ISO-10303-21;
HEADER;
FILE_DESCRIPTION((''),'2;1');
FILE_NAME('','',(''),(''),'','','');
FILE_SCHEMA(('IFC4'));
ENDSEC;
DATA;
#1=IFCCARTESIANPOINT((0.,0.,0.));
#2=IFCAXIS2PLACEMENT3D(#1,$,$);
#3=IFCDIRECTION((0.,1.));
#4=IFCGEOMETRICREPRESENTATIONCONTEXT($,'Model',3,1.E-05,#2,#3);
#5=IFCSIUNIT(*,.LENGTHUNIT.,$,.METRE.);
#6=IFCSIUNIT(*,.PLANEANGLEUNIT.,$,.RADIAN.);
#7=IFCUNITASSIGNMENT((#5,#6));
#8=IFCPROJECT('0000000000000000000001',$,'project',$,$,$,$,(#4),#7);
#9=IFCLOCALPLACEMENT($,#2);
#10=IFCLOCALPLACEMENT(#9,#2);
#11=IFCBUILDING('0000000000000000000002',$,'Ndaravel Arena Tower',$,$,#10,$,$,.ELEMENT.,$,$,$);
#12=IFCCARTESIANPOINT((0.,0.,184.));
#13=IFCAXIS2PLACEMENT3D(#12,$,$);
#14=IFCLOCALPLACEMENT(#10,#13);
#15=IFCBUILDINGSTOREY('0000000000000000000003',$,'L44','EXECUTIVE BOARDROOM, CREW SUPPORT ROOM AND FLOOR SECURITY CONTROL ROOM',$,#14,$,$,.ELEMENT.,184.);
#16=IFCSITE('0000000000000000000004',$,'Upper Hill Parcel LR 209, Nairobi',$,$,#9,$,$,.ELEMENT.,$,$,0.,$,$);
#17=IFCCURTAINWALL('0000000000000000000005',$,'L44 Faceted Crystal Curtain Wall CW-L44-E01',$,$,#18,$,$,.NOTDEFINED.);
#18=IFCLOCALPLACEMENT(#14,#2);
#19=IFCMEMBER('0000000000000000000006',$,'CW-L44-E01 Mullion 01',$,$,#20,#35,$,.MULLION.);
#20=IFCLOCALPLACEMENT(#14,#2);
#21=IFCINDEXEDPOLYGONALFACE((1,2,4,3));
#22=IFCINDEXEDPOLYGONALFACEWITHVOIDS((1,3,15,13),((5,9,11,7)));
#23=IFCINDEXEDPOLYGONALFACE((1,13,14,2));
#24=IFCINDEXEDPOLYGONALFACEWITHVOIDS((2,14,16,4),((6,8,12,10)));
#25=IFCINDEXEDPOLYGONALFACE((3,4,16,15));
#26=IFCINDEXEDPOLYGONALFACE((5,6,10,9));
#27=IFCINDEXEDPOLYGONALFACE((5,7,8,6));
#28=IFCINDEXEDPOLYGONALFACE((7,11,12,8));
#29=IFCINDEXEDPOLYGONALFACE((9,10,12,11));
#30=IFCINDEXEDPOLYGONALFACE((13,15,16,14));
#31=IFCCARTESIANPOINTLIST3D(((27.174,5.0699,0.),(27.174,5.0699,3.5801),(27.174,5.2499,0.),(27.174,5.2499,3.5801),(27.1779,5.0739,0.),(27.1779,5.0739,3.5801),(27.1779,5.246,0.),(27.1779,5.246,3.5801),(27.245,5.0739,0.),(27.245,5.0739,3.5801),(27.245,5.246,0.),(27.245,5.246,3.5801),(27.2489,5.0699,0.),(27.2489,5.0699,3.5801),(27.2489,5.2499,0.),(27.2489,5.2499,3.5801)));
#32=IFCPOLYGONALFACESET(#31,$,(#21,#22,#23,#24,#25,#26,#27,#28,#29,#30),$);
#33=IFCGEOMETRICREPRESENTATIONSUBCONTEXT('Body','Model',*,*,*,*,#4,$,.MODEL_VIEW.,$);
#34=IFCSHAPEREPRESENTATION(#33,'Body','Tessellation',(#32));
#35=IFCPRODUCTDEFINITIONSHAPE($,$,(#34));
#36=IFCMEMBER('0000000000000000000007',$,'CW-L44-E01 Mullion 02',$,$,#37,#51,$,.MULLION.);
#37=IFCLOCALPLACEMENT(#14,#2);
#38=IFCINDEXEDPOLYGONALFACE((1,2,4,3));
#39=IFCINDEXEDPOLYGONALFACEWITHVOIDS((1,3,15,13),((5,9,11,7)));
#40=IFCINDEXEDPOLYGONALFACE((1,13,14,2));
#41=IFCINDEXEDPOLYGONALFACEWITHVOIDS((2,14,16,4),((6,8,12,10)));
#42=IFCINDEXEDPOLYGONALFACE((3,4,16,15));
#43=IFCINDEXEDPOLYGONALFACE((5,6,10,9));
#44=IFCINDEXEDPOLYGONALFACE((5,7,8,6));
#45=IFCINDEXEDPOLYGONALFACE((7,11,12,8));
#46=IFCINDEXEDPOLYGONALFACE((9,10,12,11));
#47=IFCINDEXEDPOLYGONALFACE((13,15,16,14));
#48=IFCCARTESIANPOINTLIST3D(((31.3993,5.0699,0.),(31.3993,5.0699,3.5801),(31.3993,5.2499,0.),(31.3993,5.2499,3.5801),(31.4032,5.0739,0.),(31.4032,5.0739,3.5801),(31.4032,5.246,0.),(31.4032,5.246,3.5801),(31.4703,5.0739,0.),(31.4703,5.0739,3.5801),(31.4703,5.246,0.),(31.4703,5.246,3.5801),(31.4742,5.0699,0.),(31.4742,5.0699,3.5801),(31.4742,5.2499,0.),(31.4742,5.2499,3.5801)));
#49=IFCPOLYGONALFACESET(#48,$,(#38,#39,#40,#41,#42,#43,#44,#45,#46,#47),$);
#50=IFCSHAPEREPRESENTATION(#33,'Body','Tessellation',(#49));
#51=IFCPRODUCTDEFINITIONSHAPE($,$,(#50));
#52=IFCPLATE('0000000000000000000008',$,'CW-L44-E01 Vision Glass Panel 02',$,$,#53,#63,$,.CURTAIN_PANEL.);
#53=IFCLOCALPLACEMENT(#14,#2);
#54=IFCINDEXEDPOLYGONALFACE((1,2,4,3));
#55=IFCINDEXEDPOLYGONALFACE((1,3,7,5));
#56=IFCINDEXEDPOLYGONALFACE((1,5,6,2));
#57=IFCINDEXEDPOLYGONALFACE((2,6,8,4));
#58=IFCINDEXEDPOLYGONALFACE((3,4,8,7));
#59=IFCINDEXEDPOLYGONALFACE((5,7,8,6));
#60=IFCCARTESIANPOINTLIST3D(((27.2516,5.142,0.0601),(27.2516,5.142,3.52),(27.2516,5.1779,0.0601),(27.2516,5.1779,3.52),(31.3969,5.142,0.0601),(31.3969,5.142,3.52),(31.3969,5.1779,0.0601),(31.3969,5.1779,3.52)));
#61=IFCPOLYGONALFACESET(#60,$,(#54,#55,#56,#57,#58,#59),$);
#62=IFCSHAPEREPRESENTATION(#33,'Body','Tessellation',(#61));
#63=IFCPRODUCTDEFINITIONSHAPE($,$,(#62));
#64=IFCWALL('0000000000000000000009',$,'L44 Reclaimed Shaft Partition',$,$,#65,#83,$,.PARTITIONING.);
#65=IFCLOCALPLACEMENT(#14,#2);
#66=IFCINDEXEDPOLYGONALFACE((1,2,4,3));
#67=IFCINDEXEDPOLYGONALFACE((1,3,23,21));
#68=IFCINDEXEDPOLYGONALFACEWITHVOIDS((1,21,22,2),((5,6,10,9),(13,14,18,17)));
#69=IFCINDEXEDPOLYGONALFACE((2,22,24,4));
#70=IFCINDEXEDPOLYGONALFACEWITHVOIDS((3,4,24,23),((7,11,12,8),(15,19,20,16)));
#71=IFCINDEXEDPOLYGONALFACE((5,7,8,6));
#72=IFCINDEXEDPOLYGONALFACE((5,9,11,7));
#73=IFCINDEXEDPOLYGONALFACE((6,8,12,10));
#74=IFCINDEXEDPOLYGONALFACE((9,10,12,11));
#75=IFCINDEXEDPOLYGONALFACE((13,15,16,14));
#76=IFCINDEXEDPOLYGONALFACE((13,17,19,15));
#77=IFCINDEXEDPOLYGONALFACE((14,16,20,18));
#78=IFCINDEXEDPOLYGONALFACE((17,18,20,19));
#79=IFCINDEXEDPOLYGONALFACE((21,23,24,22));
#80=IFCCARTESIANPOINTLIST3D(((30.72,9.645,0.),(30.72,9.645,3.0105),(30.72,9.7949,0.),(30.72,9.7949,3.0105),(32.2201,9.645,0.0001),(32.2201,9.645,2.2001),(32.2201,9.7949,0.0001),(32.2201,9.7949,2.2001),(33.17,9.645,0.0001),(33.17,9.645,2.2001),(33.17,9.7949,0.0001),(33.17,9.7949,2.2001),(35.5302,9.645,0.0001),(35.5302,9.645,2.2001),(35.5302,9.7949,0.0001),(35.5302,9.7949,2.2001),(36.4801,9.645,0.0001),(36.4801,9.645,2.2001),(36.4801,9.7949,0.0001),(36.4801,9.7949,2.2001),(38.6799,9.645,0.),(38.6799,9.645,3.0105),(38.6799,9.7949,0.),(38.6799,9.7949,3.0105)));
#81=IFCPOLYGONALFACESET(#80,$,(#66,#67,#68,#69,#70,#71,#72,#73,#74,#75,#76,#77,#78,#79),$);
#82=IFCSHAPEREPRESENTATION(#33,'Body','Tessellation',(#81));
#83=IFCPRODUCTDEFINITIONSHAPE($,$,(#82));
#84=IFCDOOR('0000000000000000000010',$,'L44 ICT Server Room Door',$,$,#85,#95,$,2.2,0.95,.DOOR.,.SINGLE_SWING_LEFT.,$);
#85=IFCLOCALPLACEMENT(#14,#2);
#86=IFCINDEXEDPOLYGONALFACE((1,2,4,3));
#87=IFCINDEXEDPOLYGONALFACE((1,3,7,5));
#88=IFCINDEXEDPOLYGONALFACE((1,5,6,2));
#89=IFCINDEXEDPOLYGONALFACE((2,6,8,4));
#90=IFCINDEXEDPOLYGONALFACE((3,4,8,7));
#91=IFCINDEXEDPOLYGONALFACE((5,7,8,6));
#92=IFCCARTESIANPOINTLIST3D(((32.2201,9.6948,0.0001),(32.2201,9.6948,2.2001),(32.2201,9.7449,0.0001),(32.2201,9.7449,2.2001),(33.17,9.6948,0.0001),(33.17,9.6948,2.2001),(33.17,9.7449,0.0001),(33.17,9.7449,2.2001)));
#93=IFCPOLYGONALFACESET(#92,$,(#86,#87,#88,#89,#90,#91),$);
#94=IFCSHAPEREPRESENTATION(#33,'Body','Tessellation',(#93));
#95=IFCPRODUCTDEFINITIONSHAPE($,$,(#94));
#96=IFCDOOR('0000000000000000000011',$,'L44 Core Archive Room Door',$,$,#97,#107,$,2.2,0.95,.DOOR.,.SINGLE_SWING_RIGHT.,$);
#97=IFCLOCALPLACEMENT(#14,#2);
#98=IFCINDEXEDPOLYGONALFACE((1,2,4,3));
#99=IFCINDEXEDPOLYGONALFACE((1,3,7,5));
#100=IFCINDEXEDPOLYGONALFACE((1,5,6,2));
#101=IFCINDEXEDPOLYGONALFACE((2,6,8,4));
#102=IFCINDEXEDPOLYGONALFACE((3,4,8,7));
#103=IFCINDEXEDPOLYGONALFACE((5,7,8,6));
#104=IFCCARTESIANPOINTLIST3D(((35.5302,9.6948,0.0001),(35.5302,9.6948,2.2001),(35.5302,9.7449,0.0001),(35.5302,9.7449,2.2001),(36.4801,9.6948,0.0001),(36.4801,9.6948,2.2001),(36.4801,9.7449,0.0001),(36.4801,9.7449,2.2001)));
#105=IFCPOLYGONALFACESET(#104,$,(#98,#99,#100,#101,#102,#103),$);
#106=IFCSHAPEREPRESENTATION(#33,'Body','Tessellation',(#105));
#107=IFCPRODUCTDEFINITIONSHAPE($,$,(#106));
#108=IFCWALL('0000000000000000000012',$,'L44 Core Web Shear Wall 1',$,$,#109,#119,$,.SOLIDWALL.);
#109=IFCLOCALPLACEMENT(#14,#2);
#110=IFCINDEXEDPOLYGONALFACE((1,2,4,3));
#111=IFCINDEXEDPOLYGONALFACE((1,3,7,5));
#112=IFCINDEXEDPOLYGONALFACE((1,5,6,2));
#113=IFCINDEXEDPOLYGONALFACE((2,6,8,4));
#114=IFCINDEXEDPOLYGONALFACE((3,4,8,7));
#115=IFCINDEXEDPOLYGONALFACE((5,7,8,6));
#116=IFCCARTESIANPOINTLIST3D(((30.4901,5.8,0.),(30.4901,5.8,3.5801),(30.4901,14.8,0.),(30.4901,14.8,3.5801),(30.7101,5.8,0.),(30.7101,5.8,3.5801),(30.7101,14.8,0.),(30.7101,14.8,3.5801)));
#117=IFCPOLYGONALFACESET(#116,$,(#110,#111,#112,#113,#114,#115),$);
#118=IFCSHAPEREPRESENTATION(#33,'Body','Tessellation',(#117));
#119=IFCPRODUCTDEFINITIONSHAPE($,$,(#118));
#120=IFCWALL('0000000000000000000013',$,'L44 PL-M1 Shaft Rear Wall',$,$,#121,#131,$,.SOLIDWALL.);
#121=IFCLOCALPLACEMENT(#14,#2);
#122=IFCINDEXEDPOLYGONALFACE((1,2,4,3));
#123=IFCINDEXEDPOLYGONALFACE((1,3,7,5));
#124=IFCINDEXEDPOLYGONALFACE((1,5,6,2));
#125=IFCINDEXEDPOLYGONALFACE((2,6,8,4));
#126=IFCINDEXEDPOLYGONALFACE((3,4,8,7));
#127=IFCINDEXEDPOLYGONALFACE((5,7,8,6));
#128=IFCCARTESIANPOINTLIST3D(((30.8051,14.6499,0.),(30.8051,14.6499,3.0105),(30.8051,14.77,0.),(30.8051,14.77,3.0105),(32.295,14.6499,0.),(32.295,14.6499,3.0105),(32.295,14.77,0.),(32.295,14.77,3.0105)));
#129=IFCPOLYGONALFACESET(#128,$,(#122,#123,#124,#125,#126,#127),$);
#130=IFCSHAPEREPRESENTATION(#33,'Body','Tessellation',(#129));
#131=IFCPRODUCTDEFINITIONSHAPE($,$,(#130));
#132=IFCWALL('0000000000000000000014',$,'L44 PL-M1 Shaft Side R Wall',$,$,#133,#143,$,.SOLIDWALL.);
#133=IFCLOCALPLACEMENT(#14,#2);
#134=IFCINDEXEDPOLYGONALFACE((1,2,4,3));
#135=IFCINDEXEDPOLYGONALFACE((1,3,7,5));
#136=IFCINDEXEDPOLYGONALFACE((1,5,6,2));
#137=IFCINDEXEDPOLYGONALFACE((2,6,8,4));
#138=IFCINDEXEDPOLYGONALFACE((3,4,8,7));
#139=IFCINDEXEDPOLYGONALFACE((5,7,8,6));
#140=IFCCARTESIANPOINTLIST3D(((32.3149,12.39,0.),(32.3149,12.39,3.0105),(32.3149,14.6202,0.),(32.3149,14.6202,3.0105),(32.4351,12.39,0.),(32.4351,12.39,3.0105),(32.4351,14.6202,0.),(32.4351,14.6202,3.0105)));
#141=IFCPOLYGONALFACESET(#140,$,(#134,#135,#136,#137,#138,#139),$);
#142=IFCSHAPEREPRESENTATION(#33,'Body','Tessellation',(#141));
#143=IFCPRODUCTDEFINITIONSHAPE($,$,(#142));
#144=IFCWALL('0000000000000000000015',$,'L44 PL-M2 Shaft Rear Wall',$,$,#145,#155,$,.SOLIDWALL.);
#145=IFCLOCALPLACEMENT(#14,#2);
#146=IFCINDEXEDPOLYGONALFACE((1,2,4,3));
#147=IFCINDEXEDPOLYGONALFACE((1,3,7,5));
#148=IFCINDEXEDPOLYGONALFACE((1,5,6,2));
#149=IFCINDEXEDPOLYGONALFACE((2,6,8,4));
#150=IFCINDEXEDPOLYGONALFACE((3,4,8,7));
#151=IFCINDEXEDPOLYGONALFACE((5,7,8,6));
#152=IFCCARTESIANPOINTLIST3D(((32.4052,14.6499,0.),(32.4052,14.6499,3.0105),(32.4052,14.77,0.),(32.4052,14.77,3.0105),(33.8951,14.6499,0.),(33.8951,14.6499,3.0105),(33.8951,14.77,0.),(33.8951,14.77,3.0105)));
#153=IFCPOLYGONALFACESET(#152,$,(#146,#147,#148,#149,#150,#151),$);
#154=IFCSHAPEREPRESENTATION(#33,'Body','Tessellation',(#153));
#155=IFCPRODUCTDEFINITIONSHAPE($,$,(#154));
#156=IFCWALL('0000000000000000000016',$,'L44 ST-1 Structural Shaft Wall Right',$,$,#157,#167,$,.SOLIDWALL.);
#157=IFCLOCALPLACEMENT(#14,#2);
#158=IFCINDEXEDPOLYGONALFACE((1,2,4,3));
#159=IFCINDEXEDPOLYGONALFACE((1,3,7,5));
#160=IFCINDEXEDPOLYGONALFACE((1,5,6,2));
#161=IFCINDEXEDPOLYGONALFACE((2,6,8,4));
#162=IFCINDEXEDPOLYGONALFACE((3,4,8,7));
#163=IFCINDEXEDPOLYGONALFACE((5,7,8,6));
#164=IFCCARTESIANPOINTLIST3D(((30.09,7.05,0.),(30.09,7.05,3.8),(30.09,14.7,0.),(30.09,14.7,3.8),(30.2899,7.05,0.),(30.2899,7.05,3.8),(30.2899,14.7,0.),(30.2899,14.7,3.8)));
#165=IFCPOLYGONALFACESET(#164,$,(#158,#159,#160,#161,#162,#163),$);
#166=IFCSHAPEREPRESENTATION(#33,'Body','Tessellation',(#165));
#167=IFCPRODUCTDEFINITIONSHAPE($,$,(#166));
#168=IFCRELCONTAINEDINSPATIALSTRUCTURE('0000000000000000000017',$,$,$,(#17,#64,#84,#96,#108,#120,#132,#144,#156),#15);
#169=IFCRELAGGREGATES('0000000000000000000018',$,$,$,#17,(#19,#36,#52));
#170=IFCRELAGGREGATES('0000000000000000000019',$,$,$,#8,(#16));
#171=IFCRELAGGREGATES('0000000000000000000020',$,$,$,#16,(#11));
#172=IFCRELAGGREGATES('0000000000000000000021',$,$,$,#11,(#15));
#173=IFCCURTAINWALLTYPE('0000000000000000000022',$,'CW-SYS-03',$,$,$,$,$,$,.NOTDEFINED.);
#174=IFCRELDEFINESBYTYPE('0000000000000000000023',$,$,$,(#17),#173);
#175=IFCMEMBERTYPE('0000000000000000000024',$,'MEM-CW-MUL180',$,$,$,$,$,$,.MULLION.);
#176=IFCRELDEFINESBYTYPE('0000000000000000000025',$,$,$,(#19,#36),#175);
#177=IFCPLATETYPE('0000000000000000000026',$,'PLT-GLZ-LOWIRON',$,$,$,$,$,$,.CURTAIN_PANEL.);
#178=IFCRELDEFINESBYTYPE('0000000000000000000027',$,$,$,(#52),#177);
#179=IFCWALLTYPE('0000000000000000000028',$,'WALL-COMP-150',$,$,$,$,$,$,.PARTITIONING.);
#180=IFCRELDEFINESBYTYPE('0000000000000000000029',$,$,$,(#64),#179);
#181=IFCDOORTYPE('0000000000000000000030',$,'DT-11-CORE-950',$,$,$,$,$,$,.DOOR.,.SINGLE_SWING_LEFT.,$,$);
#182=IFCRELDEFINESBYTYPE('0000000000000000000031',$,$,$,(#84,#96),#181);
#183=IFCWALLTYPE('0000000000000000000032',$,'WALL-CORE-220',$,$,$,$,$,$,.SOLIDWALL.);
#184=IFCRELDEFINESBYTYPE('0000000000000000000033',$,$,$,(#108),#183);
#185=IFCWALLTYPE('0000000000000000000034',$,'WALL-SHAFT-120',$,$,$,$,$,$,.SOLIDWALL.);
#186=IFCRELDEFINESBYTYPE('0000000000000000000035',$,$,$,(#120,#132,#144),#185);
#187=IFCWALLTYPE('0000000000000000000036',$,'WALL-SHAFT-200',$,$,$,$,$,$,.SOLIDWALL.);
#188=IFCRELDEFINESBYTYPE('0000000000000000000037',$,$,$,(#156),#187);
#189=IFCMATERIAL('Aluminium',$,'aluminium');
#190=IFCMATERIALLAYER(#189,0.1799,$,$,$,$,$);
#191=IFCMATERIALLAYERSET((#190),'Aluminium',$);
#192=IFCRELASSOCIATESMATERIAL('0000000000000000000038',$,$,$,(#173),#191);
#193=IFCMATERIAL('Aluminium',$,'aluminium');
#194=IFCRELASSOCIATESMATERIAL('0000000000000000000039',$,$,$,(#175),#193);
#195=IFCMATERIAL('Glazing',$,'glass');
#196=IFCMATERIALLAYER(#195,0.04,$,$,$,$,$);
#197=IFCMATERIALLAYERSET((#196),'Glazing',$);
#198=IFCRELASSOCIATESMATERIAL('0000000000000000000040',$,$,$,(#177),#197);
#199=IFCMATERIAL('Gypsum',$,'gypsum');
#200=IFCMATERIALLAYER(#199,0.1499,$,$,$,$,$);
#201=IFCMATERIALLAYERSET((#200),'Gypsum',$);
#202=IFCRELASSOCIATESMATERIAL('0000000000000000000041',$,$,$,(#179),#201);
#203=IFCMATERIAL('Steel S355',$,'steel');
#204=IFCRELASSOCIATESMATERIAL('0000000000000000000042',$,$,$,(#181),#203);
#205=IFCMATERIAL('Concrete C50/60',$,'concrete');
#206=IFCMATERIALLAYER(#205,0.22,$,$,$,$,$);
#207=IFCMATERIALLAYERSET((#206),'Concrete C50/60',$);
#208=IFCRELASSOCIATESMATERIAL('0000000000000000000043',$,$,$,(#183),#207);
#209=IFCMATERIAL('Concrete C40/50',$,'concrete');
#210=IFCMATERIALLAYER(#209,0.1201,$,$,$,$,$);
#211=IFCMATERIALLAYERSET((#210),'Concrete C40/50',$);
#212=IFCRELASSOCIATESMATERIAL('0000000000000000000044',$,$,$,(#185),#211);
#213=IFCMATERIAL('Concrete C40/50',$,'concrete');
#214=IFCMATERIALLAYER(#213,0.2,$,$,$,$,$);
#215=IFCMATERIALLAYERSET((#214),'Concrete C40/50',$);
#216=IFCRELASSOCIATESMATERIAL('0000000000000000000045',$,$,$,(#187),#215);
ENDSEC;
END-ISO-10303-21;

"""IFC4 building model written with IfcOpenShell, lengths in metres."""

from ifc_helpers import new_model, si_unit, direction, frame, frame_2d, origin, origin_2d, place, context, subcontext, project, spatial, rectangle, hollow_rectangle, extrude, material, layer, layer_set, material_profile, profile_set, type_object, element, fill, aggregate, save


model = new_model("IFC4")

# Units and contexts
model_context = context("Model", 3, precision=1e-05, world=origin(), true_north=direction((0.0, 1.0)))
body_context = subcontext(model_context, "Body", "Model", "MODEL_VIEW")
ifc_project = project(units=[si_unit("LENGTHUNIT", "METRE"), si_unit("PLANEANGLEUNIT", "RADIAN")], contexts=[model_context])

# Site, building, storey
site_placement = place(None, origin())
site = spatial("IfcSite", under=ifc_project, at=site_placement, Name="Upper Hill Parcel LR 209, Nairobi", CompositionType="ELEMENT", RefElevation=0.0)
building_placement = place(site_placement, origin())
building = spatial("IfcBuilding", under=site, at=building_placement, Name="Ndaravel Arena Tower", CompositionType="ELEMENT")
storey_placement = place(building_placement, frame((0.0, 0.0, 184.0)))
storey = spatial("IfcBuildingStorey", under=building, at=storey_placement, Name="L44", Description="EXECUTIVE BOARDROOM, CREW SUPPORT ROOM AND FLOOR SECURITY CONTROL ROOM", CompositionType="ELEMENT", Elevation=184.0)

# Curtain wall, members, plate
ifc_material_1 = material(Name="Aluminium", Category="aluminium")
ifc_layer_1 = layer(ifc_material_1, 0.1799)
ifc_layer_set_1 = layer_set([ifc_layer_1], Name="Aluminium")
curtain_wall_type = type_object("IfcCurtainWallType", Name="CW-SYS-03", PredefinedType="NOTDEFINED", material=ifc_layer_set_1)
curtain_wall_placement = place(storey_placement, origin())
curtain_wall = element("IfcCurtainWall", 1, at=curtain_wall_placement, inside=storey, type_object=curtain_wall_type, Name="L44 Faceted Crystal Curtain Wall CW-L44-E01", PredefinedType="NOTDEFINED")
ifc_material_2 = material(Name="Aluminium", Category="aluminium")
ifc_material_profile = material_profile(ifc_material_2, hollow_rectangle(XDim=0.075, YDim=0.1799, WallThickness=0.0039, at=origin_2d()), Name="CW MULLION 75x180x4")
ifc_profile_set = profile_set([ifc_material_profile], Name="Aluminium")
member_type = type_object("IfcMemberType", Name="MEM-CW-MUL180", PredefinedType="MULLION", material=ifc_profile_set)
member_1_placement = place(storey_placement, frame((27.2114, 5.1599, 0.0), z_axis=(0.0, 0.0, 1.0), x_axis=(1.0, 0.0, 0.0)))
member_1 = element("IfcMember", 2, at=member_1_placement, type_object=member_type, Name="CW-L44-E01 Mullion 01", PredefinedType="MULLION", context=body_context, shape_type="SweptSolid", body=[
    extrude(hollow_rectangle(XDim=0.075, YDim=0.1799, WallThickness=0.0039, at=origin_2d()), origin(), (0.0, 0.0, 1.0), 3.5801),
])
member_2_placement = place(storey_placement, frame((31.4368, 5.1599, 0.0), z_axis=(0.0, 0.0, 1.0), x_axis=(1.0, 0.0, 0.0)))
member_2 = element("IfcMember", 3, at=member_2_placement, type_object=member_type, Name="CW-L44-E01 Mullion 02", PredefinedType="MULLION", context=body_context, shape_type="SweptSolid", body=[
    extrude(hollow_rectangle(XDim=0.075, YDim=0.1799, WallThickness=0.0039, at=origin_2d()), origin(), (0.0, 0.0, 1.0), 3.5801),
])
ifc_material_3 = material(Name="Glazing", Category="glass")
ifc_layer_2 = layer(ifc_material_3, 0.04)
ifc_layer_set_2 = layer_set([ifc_layer_2], Name="Glazing")
plate_type = type_object("IfcPlateType", Name="PLT-GLZ-LOWIRON", PredefinedType="CURTAIN_PANEL", material=ifc_layer_set_2)
plate_placement = place(storey_placement, frame((29.3242, 5.1599, 0.0601), z_axis=(0.0, 0.0, 1.0), x_axis=(1.0, 0.0, 0.0)))
plate = element("IfcPlate", 4, at=plate_placement, type_object=plate_type, Name="CW-L44-E01 Vision Glass Panel 02", PredefinedType="CURTAIN_PANEL", context=body_context, shape_type="SweptSolid", body=[
    extrude(rectangle(XDim=4.1453, YDim=0.0359, at=origin_2d()), origin(), (0.0, 0.0, 1.0), 3.46),
])
aggregate(curtain_wall, [member_1, member_2, plate])

# Wall, openings, doors
ifc_material_4 = material(Name="Gypsum", Category="gypsum")
ifc_layer_3 = layer(ifc_material_4, 0.1499)
ifc_layer_set_3 = layer_set([ifc_layer_3], Name="Gypsum")
wall_type_1 = type_object("IfcWallType", Name="WALL-COMP-150", PredefinedType="PARTITIONING", material=ifc_layer_set_3)
wall_1_placement = place(storey_placement, frame((30.72, 9.72, 0.0), z_axis=(0.0, 0.0, 1.0), x_axis=(1.0, 0.0, 0.0)))
wall_1 = element("IfcWall", 5, at=wall_1_placement, inside=storey, type_object=wall_type_1, Name="L44 Reclaimed Shaft Partition", PredefinedType="PARTITIONING", context=body_context, shape_type="SweptSolid", body=[
    extrude(rectangle(XDim=7.96, YDim=0.1499, at=frame_2d((3.98, 0.0))), origin(), (0.0, 0.0, 1.0), 3.0105),
])
opening_1_placement = place(wall_1_placement, frame((1.5, 0.0, 0.0)))
opening_1 = element("IfcOpeningElement", 6, at=opening_1_placement, cuts=wall_1, PredefinedType="OPENING", context=body_context, shape_type="SweptSolid", body=[
    extrude(rectangle(XDim=0.95, YDim=2.2, at=frame_2d((0.4751, 1.1001))), frame((0.0, 0.075, 0.0), z_axis=(0.0, -1.0, 0.0), x_axis=(1.0, 0.0, 0.0)), (0.0, 0.0, 1.0), 0.1499),
])
opening_2_placement = place(wall_1_placement, frame((4.8101, 0.0, 0.0)))
opening_2 = element("IfcOpeningElement", 7, at=opening_2_placement, cuts=wall_1, PredefinedType="OPENING", context=body_context, shape_type="SweptSolid", body=[
    extrude(rectangle(XDim=0.95, YDim=2.2, at=frame_2d((0.4751, 1.1001))), frame((0.0, 0.075, 0.0), z_axis=(0.0, -1.0, 0.0), x_axis=(1.0, 0.0, 0.0)), (0.0, 0.0, 1.0), 0.1499),
])
ifc_material_5 = material(Name="Steel S355", Category="steel")
door_type_1 = type_object("IfcDoorType", Name="DT-11-CORE-950", OperationType="SINGLE_SWING_LEFT", PredefinedType="DOOR", material=ifc_material_5)
door_1_placement = place(opening_1_placement, origin())
door_1 = element("IfcDoor", 8, at=door_1_placement, inside=storey, type_object=door_type_1, Name="L44 ICT Server Room Door", OperationType="SINGLE_SWING_LEFT", OverallHeight=2.2, OverallWidth=0.95, PredefinedType="DOOR", context=body_context, shape_type="SweptSolid", body=[
    extrude(rectangle(XDim=0.95, YDim=2.2, at=frame_2d((0.4751, 1.1001))), frame((0.0, 0.0249, 0.0), z_axis=(0.0, -1.0, 0.0), x_axis=(1.0, 0.0, 0.0)), (0.0, 0.0, 1.0), 0.05),
])
fill(opening_1, door_1)
door_2_placement = place(opening_2_placement, origin())
door_2 = element("IfcDoor", 9, at=door_2_placement, inside=storey, type_object=door_type_1, Name="L44 Core Archive Room Door", OperationType="SINGLE_SWING_RIGHT", OverallHeight=2.2, OverallWidth=0.95, PredefinedType="DOOR", context=body_context, shape_type="SweptSolid", body=[
    extrude(rectangle(XDim=0.95, YDim=2.2, at=frame_2d((0.4751, 1.1001))), frame((0.0, 0.0249, 0.0), z_axis=(0.0, -1.0, 0.0), x_axis=(1.0, 0.0, 0.0)), (0.0, 0.0, 1.0), 0.05),
])
fill(opening_2, door_2)

# Walls
ifc_material_6 = material(Name="Concrete C50/60", Category="concrete")
ifc_layer_4 = layer(ifc_material_6, 0.22)
ifc_layer_set_4 = layer_set([ifc_layer_4], Name="Concrete C50/60")
wall_type_2 = type_object("IfcWallType", Name="WALL-CORE-220", PredefinedType="SOLIDWALL", material=ifc_layer_set_4)
wall_2_placement = place(storey_placement, frame((30.6001, 5.8, 0.0), z_axis=(0.0, 0.0, 1.0), x_axis=(0.0, 1.0, 0.0)))
element("IfcWall", 10, at=wall_2_placement, inside=storey, type_object=wall_type_2, Name="L44 Core Web Shear Wall 1", PredefinedType="SOLIDWALL", context=body_context, shape_type="SweptSolid", body=[
    extrude(rectangle(XDim=9.0, YDim=0.22, at=frame_2d((4.5, 0.0))), origin(), (0.0, 0.0, 1.0), 3.5801),
])
ifc_material_7 = material(Name="Concrete C40/50", Category="concrete")
ifc_layer_5 = layer(ifc_material_7, 0.1201)
ifc_layer_set_5 = layer_set([ifc_layer_5], Name="Concrete C40/50")
wall_type_3 = type_object("IfcWallType", Name="WALL-SHAFT-120", PredefinedType="SOLIDWALL", material=ifc_layer_set_5)
wall_3_placement = place(storey_placement, frame((30.8049, 14.71, 0.0), z_axis=(0.0, 0.0, 1.0), x_axis=(1.0, 0.0, 0.0)))
element("IfcWall", 11, at=wall_3_placement, inside=storey, type_object=wall_type_3, Name="L44 PL-M1 Shaft Rear Wall", PredefinedType="SOLIDWALL", context=body_context, shape_type="SweptSolid", body=[
    extrude(rectangle(XDim=1.49, YDim=0.1201, at=frame_2d((0.7451, 0.0))), origin(), (0.0, 0.0, 1.0), 3.0105),
])
wall_4_placement = place(storey_placement, frame((32.375, 12.3899, 0.0), z_axis=(0.0, 0.0, 1.0), x_axis=(0.0, 1.0, 0.0)))
element("IfcWall", 12, at=wall_4_placement, inside=storey, type_object=wall_type_3, Name="L44 PL-M1 Shaft Side R Wall", PredefinedType="SOLIDWALL", context=body_context, shape_type="SweptSolid", body=[
    extrude(rectangle(XDim=2.2302, YDim=0.1201, at=frame_2d((1.1152, 0.0))), origin(), (0.0, 0.0, 1.0), 3.0105),
])
wall_5_placement = place(storey_placement, frame((32.405, 14.71, 0.0), z_axis=(0.0, 0.0, 1.0), x_axis=(1.0, 0.0, 0.0)))
element("IfcWall", 13, at=wall_5_placement, inside=storey, type_object=wall_type_3, Name="L44 PL-M2 Shaft Rear Wall", PredefinedType="SOLIDWALL", context=body_context, shape_type="SweptSolid", body=[
    extrude(rectangle(XDim=1.49, YDim=0.1201, at=frame_2d((0.7451, 0.0))), origin(), (0.0, 0.0, 1.0), 3.0105),
])
ifc_material_8 = material(Name="Concrete C40/50", Category="concrete")
ifc_layer_6 = layer(ifc_material_8, 0.2)
ifc_layer_set_6 = layer_set([ifc_layer_6], Name="Concrete C40/50")
wall_type_4 = type_object("IfcWallType", Name="WALL-SHAFT-200", PredefinedType="SOLIDWALL", material=ifc_layer_set_6)
wall_6_placement = place(storey_placement, frame((30.1899, 14.7, 0.0), z_axis=(0.0, 0.0, 1.0), x_axis=(0.0, -1.0, 0.0)))
element("IfcWall", 14, at=wall_6_placement, inside=storey, type_object=wall_type_4, Name="L44 ST-1 Structural Shaft Wall Right", PredefinedType="SOLIDWALL", context=body_context, shape_type="SweptSolid", body=[
    extrude(rectangle(XDim=7.6499, YDim=0.2, at=frame_2d((3.825, 0.0))), origin(), (0.0, 0.0, 1.0), 3.8),
])

save(model, "model.ifc")
